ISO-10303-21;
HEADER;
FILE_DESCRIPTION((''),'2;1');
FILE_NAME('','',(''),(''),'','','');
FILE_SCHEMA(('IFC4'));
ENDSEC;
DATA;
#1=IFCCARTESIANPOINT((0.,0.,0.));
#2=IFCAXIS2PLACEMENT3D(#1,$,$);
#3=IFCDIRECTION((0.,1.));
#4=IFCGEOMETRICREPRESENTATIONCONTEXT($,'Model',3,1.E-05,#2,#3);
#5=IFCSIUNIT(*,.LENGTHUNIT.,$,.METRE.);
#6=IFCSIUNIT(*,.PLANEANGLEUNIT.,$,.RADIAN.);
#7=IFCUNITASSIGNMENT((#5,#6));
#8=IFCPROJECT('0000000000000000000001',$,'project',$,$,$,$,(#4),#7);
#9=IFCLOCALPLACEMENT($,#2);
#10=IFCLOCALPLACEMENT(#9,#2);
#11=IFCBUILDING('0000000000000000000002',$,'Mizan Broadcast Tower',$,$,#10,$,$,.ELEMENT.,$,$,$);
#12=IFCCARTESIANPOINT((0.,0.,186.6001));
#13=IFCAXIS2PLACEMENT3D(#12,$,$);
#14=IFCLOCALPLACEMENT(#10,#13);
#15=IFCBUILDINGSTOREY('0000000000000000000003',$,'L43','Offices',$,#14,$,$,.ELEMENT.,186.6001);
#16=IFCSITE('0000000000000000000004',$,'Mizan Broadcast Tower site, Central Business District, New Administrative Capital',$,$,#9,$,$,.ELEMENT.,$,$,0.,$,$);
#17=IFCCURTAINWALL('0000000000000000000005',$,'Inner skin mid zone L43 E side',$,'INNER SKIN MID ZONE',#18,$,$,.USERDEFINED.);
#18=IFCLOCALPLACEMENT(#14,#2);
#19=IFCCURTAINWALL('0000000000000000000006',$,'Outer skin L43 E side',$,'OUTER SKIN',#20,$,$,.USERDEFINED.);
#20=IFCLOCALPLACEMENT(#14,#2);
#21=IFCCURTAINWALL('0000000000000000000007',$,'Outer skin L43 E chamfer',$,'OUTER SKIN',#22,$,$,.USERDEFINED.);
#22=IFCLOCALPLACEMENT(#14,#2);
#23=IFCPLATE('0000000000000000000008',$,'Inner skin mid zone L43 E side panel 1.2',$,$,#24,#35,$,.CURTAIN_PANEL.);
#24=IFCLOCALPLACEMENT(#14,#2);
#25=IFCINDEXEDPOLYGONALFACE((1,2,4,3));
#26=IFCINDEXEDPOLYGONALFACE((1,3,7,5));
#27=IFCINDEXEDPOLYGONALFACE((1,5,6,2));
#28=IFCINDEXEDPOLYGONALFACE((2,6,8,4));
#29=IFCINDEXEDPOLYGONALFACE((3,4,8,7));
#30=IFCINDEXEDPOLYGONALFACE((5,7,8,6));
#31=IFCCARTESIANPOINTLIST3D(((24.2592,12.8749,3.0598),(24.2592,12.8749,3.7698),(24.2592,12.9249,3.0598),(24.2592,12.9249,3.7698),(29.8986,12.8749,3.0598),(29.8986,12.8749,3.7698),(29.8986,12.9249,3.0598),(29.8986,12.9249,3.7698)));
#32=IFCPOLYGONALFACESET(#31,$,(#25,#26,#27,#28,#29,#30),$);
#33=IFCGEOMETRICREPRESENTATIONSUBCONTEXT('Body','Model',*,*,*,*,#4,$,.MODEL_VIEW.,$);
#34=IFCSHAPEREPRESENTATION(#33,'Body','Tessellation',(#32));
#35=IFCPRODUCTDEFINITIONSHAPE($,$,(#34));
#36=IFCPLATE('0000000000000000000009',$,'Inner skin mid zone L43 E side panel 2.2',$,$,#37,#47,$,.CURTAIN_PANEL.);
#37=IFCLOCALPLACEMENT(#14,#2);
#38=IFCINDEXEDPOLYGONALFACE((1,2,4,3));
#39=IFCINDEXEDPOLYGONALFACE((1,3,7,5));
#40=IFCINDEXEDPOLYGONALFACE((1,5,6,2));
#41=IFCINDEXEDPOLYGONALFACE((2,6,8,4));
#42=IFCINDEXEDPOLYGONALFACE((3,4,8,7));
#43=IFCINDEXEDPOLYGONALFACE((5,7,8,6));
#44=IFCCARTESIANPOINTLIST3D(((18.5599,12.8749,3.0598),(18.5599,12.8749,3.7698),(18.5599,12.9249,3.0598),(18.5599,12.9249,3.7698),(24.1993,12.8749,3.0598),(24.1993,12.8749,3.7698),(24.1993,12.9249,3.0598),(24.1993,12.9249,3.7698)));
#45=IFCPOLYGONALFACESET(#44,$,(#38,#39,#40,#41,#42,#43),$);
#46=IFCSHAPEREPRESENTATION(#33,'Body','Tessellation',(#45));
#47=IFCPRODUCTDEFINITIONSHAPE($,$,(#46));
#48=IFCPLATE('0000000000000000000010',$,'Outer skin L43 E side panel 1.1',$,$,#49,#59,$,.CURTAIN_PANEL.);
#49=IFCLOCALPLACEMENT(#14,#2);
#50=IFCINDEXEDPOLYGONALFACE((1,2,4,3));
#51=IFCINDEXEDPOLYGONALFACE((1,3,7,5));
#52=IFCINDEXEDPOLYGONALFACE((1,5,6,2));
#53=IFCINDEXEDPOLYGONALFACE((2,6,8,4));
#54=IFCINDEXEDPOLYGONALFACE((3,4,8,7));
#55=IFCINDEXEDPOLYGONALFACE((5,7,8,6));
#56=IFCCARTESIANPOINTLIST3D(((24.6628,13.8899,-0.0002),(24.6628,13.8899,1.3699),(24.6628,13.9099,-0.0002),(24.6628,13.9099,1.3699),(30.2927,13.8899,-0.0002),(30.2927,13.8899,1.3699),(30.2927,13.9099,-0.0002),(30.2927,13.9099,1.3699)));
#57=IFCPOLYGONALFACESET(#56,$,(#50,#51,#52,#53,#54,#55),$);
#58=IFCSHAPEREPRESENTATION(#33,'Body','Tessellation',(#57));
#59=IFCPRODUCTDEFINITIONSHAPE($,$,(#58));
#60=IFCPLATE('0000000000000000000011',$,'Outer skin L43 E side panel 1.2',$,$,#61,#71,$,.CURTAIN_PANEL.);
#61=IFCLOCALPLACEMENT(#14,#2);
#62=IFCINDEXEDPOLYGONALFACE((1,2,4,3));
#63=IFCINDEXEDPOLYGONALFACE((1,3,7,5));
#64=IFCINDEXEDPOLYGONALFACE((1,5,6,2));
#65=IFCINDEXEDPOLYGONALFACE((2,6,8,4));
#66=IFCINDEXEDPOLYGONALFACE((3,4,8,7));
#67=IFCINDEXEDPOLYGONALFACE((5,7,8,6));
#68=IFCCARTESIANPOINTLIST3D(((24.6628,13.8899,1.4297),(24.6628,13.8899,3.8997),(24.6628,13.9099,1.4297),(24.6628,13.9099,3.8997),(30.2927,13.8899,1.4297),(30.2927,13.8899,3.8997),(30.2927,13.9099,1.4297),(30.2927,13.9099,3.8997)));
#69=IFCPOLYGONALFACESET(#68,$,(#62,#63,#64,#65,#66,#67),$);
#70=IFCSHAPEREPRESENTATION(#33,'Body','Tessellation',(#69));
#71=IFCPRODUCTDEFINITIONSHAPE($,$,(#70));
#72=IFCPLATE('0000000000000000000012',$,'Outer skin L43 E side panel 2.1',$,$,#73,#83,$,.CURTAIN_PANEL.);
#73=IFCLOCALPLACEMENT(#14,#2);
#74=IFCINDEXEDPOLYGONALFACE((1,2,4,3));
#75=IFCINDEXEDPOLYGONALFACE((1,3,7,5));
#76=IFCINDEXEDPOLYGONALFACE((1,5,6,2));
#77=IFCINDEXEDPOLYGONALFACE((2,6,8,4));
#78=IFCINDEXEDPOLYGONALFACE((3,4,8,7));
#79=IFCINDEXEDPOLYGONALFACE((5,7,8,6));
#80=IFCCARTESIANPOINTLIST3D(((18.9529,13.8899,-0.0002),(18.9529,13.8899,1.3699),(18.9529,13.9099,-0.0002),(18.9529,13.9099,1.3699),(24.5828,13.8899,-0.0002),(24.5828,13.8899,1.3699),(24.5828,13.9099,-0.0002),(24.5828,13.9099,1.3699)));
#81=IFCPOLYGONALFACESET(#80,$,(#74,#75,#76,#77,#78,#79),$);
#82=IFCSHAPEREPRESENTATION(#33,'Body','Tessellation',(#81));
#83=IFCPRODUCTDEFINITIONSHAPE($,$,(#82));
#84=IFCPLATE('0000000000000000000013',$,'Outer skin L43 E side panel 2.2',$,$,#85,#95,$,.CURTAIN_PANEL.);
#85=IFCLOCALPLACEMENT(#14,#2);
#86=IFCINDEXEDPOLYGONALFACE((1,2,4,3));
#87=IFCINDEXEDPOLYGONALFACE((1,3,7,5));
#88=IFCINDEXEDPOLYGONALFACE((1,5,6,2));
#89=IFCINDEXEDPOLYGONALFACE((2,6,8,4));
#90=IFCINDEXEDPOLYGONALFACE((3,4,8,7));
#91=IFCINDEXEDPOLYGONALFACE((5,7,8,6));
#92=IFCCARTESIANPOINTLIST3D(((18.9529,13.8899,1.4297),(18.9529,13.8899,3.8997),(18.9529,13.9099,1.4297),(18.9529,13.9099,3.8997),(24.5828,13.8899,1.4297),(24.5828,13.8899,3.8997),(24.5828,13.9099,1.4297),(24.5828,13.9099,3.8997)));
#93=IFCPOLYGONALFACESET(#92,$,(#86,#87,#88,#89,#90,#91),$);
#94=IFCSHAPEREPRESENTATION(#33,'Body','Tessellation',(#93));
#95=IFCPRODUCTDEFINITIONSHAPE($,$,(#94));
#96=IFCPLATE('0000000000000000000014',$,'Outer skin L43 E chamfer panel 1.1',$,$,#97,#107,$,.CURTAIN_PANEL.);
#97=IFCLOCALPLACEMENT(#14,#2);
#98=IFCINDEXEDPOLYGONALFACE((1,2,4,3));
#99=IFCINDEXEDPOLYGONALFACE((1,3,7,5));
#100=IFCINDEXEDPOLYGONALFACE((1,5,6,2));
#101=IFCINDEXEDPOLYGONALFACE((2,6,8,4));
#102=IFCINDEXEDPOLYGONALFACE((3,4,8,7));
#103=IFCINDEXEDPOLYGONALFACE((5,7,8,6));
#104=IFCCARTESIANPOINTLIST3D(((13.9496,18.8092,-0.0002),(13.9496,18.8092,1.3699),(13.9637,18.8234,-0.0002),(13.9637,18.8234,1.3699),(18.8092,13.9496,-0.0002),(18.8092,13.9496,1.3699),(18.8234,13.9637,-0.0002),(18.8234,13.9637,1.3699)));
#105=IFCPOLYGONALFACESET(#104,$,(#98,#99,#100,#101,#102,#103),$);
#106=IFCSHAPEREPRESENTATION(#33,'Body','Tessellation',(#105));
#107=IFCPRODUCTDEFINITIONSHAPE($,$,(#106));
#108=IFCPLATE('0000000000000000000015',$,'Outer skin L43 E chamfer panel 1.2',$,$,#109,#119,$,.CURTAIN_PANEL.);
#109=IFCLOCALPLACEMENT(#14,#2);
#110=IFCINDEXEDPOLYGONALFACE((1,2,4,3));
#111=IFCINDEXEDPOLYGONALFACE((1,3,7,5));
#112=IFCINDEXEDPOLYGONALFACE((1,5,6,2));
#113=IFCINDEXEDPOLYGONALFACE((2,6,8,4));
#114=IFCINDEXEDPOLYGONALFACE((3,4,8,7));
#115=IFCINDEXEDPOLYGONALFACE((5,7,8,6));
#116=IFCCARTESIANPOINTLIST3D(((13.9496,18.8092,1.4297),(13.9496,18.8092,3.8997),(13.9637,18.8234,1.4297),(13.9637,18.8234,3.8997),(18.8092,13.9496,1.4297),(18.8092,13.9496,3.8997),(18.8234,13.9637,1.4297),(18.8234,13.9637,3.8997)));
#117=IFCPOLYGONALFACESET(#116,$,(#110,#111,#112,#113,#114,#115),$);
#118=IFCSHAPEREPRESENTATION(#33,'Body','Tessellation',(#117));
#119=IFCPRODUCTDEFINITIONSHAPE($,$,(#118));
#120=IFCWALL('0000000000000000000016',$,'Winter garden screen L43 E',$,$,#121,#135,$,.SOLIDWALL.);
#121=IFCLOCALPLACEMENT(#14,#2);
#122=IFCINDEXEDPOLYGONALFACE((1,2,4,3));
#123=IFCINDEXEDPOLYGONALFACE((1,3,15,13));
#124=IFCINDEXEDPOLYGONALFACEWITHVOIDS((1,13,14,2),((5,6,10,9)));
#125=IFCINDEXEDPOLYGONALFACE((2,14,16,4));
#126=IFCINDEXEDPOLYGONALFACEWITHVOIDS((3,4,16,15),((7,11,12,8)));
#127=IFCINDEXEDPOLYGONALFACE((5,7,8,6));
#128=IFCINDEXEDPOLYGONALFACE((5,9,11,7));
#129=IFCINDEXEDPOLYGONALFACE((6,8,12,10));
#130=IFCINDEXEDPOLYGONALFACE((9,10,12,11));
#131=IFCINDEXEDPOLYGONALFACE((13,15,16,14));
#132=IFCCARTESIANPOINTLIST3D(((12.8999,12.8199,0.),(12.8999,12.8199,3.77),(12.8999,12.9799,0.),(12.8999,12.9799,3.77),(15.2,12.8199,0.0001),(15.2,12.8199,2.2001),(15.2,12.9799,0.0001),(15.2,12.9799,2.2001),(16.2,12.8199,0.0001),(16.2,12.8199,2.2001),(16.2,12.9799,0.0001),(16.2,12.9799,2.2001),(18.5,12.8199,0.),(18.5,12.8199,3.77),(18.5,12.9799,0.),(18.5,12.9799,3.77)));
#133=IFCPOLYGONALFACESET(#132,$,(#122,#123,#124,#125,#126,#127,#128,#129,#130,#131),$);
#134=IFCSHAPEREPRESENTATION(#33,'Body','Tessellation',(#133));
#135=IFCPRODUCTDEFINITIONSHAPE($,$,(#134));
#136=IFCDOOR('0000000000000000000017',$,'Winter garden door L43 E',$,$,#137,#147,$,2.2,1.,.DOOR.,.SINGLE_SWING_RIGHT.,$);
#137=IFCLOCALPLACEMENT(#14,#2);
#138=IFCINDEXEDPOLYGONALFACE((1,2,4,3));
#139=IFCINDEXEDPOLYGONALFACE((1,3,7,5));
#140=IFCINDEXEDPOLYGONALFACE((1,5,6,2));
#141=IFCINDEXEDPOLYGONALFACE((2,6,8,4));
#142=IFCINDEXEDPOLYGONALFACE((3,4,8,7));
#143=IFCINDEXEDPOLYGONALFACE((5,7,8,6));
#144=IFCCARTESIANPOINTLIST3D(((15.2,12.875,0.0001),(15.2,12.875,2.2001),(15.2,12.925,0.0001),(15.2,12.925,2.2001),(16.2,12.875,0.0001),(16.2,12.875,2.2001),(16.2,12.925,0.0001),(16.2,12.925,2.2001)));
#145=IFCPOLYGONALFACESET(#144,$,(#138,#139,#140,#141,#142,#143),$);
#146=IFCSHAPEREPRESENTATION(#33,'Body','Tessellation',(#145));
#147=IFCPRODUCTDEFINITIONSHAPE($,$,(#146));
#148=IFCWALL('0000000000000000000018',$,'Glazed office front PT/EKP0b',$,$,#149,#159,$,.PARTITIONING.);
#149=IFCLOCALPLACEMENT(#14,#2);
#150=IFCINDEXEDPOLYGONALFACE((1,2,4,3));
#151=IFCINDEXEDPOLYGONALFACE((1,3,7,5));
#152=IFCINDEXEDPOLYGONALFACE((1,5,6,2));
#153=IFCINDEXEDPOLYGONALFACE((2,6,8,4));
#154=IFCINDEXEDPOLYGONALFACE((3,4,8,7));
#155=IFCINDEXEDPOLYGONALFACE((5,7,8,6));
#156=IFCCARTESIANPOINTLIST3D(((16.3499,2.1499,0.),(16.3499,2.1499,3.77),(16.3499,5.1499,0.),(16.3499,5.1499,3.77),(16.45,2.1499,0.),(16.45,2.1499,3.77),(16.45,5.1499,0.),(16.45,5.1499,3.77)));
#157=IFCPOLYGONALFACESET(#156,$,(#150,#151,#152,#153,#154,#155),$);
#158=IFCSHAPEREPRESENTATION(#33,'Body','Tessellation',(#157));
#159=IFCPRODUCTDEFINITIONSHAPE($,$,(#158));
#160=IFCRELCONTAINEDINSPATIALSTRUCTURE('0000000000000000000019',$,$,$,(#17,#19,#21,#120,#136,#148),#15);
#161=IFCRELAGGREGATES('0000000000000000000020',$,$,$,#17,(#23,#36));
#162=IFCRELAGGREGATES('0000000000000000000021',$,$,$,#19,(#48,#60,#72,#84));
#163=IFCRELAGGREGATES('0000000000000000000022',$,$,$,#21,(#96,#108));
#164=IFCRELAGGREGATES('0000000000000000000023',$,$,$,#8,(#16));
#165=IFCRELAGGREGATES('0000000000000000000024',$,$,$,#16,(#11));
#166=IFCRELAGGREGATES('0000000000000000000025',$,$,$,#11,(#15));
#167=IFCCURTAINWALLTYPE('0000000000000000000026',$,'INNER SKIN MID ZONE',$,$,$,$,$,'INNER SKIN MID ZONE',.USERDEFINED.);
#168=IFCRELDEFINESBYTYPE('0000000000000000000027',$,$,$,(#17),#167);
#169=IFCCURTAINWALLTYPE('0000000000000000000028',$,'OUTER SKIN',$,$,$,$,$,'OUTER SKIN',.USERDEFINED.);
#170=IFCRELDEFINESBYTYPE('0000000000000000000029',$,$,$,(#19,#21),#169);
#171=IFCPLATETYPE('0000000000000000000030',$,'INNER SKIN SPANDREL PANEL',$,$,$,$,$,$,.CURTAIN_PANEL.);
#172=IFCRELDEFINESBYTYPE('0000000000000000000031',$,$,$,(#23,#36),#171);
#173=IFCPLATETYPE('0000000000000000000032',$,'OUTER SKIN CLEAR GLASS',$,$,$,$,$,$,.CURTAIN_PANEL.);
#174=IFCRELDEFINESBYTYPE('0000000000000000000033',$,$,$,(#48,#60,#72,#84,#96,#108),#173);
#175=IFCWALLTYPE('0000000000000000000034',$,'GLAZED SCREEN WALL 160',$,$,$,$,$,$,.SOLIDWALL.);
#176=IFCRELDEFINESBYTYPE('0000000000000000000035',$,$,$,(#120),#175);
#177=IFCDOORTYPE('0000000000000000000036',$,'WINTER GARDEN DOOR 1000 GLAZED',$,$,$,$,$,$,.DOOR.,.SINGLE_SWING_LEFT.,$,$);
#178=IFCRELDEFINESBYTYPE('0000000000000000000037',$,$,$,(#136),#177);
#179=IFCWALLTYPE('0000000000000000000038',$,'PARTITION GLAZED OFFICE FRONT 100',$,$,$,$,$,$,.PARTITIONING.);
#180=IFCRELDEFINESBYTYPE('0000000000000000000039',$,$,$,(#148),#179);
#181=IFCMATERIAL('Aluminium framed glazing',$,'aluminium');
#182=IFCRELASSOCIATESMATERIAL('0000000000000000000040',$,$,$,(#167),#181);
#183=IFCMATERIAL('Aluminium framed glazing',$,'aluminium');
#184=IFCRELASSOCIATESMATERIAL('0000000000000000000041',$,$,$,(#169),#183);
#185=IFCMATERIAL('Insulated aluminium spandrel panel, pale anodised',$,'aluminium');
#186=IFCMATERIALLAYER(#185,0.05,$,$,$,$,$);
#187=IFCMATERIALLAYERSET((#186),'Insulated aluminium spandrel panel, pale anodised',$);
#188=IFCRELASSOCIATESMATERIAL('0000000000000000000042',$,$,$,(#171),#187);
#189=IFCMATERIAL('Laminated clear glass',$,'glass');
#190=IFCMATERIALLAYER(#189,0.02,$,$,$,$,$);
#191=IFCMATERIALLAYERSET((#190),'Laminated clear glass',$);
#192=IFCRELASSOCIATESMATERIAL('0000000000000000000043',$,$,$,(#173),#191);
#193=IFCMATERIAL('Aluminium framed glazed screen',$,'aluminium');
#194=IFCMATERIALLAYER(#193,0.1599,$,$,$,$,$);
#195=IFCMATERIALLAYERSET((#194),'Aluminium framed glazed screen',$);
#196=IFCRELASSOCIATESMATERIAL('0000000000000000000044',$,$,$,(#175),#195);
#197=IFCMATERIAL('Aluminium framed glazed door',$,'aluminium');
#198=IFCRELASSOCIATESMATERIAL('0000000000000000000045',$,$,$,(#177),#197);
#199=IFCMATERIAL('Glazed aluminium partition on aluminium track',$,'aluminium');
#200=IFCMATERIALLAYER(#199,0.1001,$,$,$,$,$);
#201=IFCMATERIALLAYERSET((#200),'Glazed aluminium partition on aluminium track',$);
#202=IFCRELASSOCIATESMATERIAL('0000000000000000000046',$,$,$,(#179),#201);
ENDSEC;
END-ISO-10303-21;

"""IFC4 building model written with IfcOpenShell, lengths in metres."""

from ifc_helpers import new_model, si_unit, direction, frame, frame_2d, origin, origin_2d, place, context, subcontext, project, spatial, rectangle, extrude, material, layer, layer_set, type_object, element, fill, aggregate, save


model = new_model("IFC4")

# Units and contexts
model_context = context("Model", 3, precision=1e-05, world=origin(), true_north=direction((0.0, 1.0)))
body_context = subcontext(model_context, "Body", "Model", "MODEL_VIEW")
ifc_project = project(units=[si_unit("LENGTHUNIT", "METRE"), si_unit("PLANEANGLEUNIT", "RADIAN")], contexts=[model_context])

# Site, building, storey
site_placement = place(None, origin())
site = spatial("IfcSite", under=ifc_project, at=site_placement, Name="Mizan Broadcast Tower site, Central Business District, New Administrative Capital", CompositionType="ELEMENT", RefElevation=0.0)
building_placement = place(site_placement, origin())
building = spatial("IfcBuilding", under=site, at=building_placement, Name="Mizan Broadcast Tower", CompositionType="ELEMENT")
storey_placement = place(building_placement, frame((0.0, 0.0, 186.6001)))
storey = spatial("IfcBuildingStorey", under=building, at=storey_placement, Name="L43", Description="Offices", CompositionType="ELEMENT", Elevation=186.6001)

# Curtain walls
ifc_material_1 = material(Name="Aluminium framed glazing", Category="aluminium")
curtain_wall_type_1 = type_object("IfcCurtainWallType", Name="INNER SKIN MID ZONE", ElementType="INNER SKIN MID ZONE", PredefinedType="USERDEFINED", material=ifc_material_1)
curtain_wall_1_placement = place(storey_placement, origin())
curtain_wall_1 = element("IfcCurtainWall", 1, at=curtain_wall_1_placement, inside=storey, type_object=curtain_wall_type_1, Name="Inner skin mid zone L43 E side", ObjectType="INNER SKIN MID ZONE", PredefinedType="USERDEFINED")
ifc_material_2 = material(Name="Aluminium framed glazing", Category="aluminium")
curtain_wall_type_2 = type_object("IfcCurtainWallType", Name="OUTER SKIN", ElementType="OUTER SKIN", PredefinedType="USERDEFINED", material=ifc_material_2)
curtain_wall_2_placement = place(storey_placement, origin())
curtain_wall_2 = element("IfcCurtainWall", 2, at=curtain_wall_2_placement, inside=storey, type_object=curtain_wall_type_2, Name="Outer skin L43 E side", ObjectType="OUTER SKIN", PredefinedType="USERDEFINED")

# Curtain wall
curtain_wall_3_placement = place(storey_placement, origin())
curtain_wall_3 = element("IfcCurtainWall", 3, at=curtain_wall_3_placement, inside=storey, type_object=curtain_wall_type_2, Name="Outer skin L43 E chamfer", ObjectType="OUTER SKIN", PredefinedType="USERDEFINED")

# Plates
ifc_material_3 = material(Name="Insulated aluminium spandrel panel, pale anodised", Category="aluminium")
ifc_layer_1 = layer(ifc_material_3, 0.05)
ifc_layer_set_1 = layer_set([ifc_layer_1], Name="Insulated aluminium spandrel panel, pale anodised")
plate_type_1 = type_object("IfcPlateType", Name="INNER SKIN SPANDREL PANEL", PredefinedType="CURTAIN_PANEL", material=ifc_layer_set_1)
plate_1_placement = place(storey_placement, frame((27.0789, 12.8999, 3.0598), z_axis=(0.0, 0.0, 1.0), x_axis=(-1.0, 0.0, 0.0)))
plate_1 = element("IfcPlate", 4, at=plate_1_placement, type_object=plate_type_1, Name="Inner skin mid zone L43 E side panel 1.2", PredefinedType="CURTAIN_PANEL", context=body_context, shape_type="SweptSolid", body=[
    extrude(rectangle(XDim=5.6394, YDim=0.05, at=origin_2d()), origin(), (0.0, 0.0, 1.0), 0.71),
])
plate_2_placement = place(storey_placement, frame((21.3796, 12.8999, 3.0598), z_axis=(0.0, 0.0, 1.0), x_axis=(-1.0, 0.0, 0.0)))
plate_2 = element("IfcPlate", 5, at=plate_2_placement, type_object=plate_type_1, Name="Inner skin mid zone L43 E side panel 2.2", PredefinedType="CURTAIN_PANEL", context=body_context, shape_type="SweptSolid", body=[
    extrude(rectangle(XDim=5.6394, YDim=0.05, at=origin_2d()), origin(), (0.0, 0.0, 1.0), 0.71),
])
aggregate(curtain_wall_1, [plate_1, plate_2])
ifc_material_4 = material(Name="Laminated clear glass", Category="glass")
ifc_layer_2 = layer(ifc_material_4, 0.02)
ifc_layer_set_2 = layer_set([ifc_layer_2], Name="Laminated clear glass")
plate_type_2 = type_object("IfcPlateType", Name="OUTER SKIN CLEAR GLASS", PredefinedType="CURTAIN_PANEL", material=ifc_layer_set_2)
plate_3_placement = place(storey_placement, frame((27.4778, 13.8999, -0.0002), z_axis=(0.0, 0.0, 1.0), x_axis=(-1.0, 0.0, 0.0)))
plate_3 = element("IfcPlate", 6, at=plate_3_placement, type_object=plate_type_2, Name="Outer skin L43 E side panel 1.1", PredefinedType="CURTAIN_PANEL", context=body_context, shape_type="SweptSolid", body=[
    extrude(rectangle(XDim=5.6299, YDim=0.02, at=origin_2d()), origin(), (0.0, 0.0, 1.0), 1.3701),
])
plate_4_placement = place(storey_placement, frame((27.4778, 13.8999, 1.4297), z_axis=(0.0, 0.0, 1.0), x_axis=(-1.0, 0.0, 0.0)))
plate_4 = element("IfcPlate", 7, at=plate_4_placement, type_object=plate_type_2, Name="Outer skin L43 E side panel 1.2", PredefinedType="CURTAIN_PANEL", context=body_context, shape_type="SweptSolid", body=[
    extrude(rectangle(XDim=5.6299, YDim=0.02, at=origin_2d()), origin(), (0.0, 0.0, 1.0), 2.47),
])
plate_5_placement = place(storey_placement, frame((21.7678, 13.8999, -0.0002), z_axis=(0.0, 0.0, 1.0), x_axis=(-1.0, 0.0, 0.0)))
plate_5 = element("IfcPlate", 8, at=plate_5_placement, type_object=plate_type_2, Name="Outer skin L43 E side panel 2.1", PredefinedType="CURTAIN_PANEL", context=body_context, shape_type="SweptSolid", body=[
    extrude(rectangle(XDim=5.6299, YDim=0.02, at=origin_2d()), origin(), (0.0, 0.0, 1.0), 1.3701),
])
plate_6_placement = place(storey_placement, frame((21.7678, 13.8999, 1.4297), z_axis=(0.0, 0.0, 1.0), x_axis=(-1.0, 0.0, 0.0)))
plate_6 = element("IfcPlate", 9, at=plate_6_placement, type_object=plate_type_2, Name="Outer skin L43 E side panel 2.2", PredefinedType="CURTAIN_PANEL", context=body_context, shape_type="SweptSolid", body=[
    extrude(rectangle(XDim=5.6299, YDim=0.02, at=origin_2d()), origin(), (0.0, 0.0, 1.0), 2.47),
])
aggregate(curtain_wall_2, [plate_3, plate_4, plate_5, plate_6])
plate_7_placement = place(storey_placement, frame((16.3865, 16.3865, -0.0002), z_axis=(0.0, 0.0, 1.0), x_axis=(-0.707107, 0.707107, 0.0)))
plate_7 = element("IfcPlate", 10, at=plate_7_placement, type_object=plate_type_2, Name="Outer skin L43 E chamfer panel 1.1", PredefinedType="CURTAIN_PANEL", context=body_context, shape_type="SweptSolid", body=[
    extrude(rectangle(XDim=6.8726, YDim=0.02, at=origin_2d()), origin(), (0.0, 0.0, 1.0), 1.3701),
])
plate_8_placement = place(storey_placement, frame((16.3865, 16.3865, 1.4297), z_axis=(0.0, 0.0, 1.0), x_axis=(-0.707107, 0.707107, 0.0)))
plate_8 = element("IfcPlate", 11, at=plate_8_placement, type_object=plate_type_2, Name="Outer skin L43 E chamfer panel 1.2", PredefinedType="CURTAIN_PANEL", context=body_context, shape_type="SweptSolid", body=[
    extrude(rectangle(XDim=6.8726, YDim=0.02, at=origin_2d()), origin(), (0.0, 0.0, 1.0), 2.47),
])
aggregate(curtain_wall_3, [plate_7, plate_8])

# Wall, opening, door
ifc_material_5 = material(Name="Aluminium framed glazed screen", Category="aluminium")
ifc_layer_3 = layer(ifc_material_5, 0.1599)
ifc_layer_set_3 = layer_set([ifc_layer_3], Name="Aluminium framed glazed screen")
wall_type_1 = type_object("IfcWallType", Name="GLAZED SCREEN WALL 160", PredefinedType="SOLIDWALL", material=ifc_layer_set_3)
wall_1_placement = place(storey_placement, frame((18.5, 12.8999, 0.0), z_axis=(0.0, 0.0, 1.0), x_axis=(-1.0, 0.0, 0.0)))
wall_1 = element("IfcWall", 12, at=wall_1_placement, inside=storey, type_object=wall_type_1, Name="Winter garden screen L43 E", PredefinedType="SOLIDWALL", context=body_context, shape_type="SweptSolid", body=[
    extrude(rectangle(XDim=5.6001, YDim=0.1599, at=frame_2d((2.8, 0.0))), origin(), (0.0, 0.0, 1.0), 3.77),
])
opening_placement = place(wall_1_placement, frame((2.3, 0.0, 0.0)))
opening = element("IfcOpeningElement", 13, at=opening_placement, cuts=wall_1, PredefinedType="OPENING", context=body_context, shape_type="SweptSolid", body=[
    extrude(rectangle(XDim=1.0, YDim=2.2, at=frame_2d((0.5, 1.1001))), frame((0.0, 0.0898, 0.0), z_axis=(0.0, -1.0, 0.0), x_axis=(1.0, 0.0, 0.0)), (0.0, 0.0, 1.0), 0.1799),
])
ifc_material_6 = material(Name="Aluminium framed glazed door", Category="aluminium")
door_type = type_object("IfcDoorType", Name="WINTER GARDEN DOOR 1000 GLAZED", OperationType="SINGLE_SWING_LEFT", PredefinedType="DOOR", material=ifc_material_6)
door_placement = place(opening_placement, origin())
door = element("IfcDoor", 14, at=door_placement, inside=storey, type_object=door_type, Name="Winter garden door L43 E", OperationType="SINGLE_SWING_RIGHT", OverallHeight=2.2, OverallWidth=1.0, PredefinedType="DOOR", context=body_context, shape_type="SweptSolid", body=[
    extrude(rectangle(XDim=1.0, YDim=2.2, at=frame_2d((0.5, 1.1001))), frame((0.0, 0.0249, 0.0), z_axis=(0.0, -1.0, 0.0), x_axis=(1.0, 0.0, 0.0)), (0.0, 0.0, 1.0), 0.05),
])
fill(opening, door)

# Wall
ifc_material_7 = material(Name="Glazed aluminium partition on aluminium track", Category="aluminium")
ifc_layer_4 = layer(ifc_material_7, 0.1001)
ifc_layer_set_4 = layer_set([ifc_layer_4], Name="Glazed aluminium partition on aluminium track")
wall_type_2 = type_object("IfcWallType", Name="PARTITION GLAZED OFFICE FRONT 100", PredefinedType="PARTITIONING", material=ifc_layer_set_4)
wall_2_placement = place(storey_placement, frame((16.3999, 2.1499, 0.0), z_axis=(0.0, 0.0, 1.0), x_axis=(0.0, 1.0, 0.0)))
element("IfcWall", 15, at=wall_2_placement, inside=storey, type_object=wall_type_2, Name="Glazed office front PT/EKP0b", PredefinedType="PARTITIONING", context=body_context, shape_type="SweptSolid", body=[
    extrude(rectangle(XDim=3.0, YDim=0.1001, at=frame_2d((1.5, 0.0))), origin(), (0.0, 0.0, 1.0), 3.77),
])

save(model, "model.ifc")
